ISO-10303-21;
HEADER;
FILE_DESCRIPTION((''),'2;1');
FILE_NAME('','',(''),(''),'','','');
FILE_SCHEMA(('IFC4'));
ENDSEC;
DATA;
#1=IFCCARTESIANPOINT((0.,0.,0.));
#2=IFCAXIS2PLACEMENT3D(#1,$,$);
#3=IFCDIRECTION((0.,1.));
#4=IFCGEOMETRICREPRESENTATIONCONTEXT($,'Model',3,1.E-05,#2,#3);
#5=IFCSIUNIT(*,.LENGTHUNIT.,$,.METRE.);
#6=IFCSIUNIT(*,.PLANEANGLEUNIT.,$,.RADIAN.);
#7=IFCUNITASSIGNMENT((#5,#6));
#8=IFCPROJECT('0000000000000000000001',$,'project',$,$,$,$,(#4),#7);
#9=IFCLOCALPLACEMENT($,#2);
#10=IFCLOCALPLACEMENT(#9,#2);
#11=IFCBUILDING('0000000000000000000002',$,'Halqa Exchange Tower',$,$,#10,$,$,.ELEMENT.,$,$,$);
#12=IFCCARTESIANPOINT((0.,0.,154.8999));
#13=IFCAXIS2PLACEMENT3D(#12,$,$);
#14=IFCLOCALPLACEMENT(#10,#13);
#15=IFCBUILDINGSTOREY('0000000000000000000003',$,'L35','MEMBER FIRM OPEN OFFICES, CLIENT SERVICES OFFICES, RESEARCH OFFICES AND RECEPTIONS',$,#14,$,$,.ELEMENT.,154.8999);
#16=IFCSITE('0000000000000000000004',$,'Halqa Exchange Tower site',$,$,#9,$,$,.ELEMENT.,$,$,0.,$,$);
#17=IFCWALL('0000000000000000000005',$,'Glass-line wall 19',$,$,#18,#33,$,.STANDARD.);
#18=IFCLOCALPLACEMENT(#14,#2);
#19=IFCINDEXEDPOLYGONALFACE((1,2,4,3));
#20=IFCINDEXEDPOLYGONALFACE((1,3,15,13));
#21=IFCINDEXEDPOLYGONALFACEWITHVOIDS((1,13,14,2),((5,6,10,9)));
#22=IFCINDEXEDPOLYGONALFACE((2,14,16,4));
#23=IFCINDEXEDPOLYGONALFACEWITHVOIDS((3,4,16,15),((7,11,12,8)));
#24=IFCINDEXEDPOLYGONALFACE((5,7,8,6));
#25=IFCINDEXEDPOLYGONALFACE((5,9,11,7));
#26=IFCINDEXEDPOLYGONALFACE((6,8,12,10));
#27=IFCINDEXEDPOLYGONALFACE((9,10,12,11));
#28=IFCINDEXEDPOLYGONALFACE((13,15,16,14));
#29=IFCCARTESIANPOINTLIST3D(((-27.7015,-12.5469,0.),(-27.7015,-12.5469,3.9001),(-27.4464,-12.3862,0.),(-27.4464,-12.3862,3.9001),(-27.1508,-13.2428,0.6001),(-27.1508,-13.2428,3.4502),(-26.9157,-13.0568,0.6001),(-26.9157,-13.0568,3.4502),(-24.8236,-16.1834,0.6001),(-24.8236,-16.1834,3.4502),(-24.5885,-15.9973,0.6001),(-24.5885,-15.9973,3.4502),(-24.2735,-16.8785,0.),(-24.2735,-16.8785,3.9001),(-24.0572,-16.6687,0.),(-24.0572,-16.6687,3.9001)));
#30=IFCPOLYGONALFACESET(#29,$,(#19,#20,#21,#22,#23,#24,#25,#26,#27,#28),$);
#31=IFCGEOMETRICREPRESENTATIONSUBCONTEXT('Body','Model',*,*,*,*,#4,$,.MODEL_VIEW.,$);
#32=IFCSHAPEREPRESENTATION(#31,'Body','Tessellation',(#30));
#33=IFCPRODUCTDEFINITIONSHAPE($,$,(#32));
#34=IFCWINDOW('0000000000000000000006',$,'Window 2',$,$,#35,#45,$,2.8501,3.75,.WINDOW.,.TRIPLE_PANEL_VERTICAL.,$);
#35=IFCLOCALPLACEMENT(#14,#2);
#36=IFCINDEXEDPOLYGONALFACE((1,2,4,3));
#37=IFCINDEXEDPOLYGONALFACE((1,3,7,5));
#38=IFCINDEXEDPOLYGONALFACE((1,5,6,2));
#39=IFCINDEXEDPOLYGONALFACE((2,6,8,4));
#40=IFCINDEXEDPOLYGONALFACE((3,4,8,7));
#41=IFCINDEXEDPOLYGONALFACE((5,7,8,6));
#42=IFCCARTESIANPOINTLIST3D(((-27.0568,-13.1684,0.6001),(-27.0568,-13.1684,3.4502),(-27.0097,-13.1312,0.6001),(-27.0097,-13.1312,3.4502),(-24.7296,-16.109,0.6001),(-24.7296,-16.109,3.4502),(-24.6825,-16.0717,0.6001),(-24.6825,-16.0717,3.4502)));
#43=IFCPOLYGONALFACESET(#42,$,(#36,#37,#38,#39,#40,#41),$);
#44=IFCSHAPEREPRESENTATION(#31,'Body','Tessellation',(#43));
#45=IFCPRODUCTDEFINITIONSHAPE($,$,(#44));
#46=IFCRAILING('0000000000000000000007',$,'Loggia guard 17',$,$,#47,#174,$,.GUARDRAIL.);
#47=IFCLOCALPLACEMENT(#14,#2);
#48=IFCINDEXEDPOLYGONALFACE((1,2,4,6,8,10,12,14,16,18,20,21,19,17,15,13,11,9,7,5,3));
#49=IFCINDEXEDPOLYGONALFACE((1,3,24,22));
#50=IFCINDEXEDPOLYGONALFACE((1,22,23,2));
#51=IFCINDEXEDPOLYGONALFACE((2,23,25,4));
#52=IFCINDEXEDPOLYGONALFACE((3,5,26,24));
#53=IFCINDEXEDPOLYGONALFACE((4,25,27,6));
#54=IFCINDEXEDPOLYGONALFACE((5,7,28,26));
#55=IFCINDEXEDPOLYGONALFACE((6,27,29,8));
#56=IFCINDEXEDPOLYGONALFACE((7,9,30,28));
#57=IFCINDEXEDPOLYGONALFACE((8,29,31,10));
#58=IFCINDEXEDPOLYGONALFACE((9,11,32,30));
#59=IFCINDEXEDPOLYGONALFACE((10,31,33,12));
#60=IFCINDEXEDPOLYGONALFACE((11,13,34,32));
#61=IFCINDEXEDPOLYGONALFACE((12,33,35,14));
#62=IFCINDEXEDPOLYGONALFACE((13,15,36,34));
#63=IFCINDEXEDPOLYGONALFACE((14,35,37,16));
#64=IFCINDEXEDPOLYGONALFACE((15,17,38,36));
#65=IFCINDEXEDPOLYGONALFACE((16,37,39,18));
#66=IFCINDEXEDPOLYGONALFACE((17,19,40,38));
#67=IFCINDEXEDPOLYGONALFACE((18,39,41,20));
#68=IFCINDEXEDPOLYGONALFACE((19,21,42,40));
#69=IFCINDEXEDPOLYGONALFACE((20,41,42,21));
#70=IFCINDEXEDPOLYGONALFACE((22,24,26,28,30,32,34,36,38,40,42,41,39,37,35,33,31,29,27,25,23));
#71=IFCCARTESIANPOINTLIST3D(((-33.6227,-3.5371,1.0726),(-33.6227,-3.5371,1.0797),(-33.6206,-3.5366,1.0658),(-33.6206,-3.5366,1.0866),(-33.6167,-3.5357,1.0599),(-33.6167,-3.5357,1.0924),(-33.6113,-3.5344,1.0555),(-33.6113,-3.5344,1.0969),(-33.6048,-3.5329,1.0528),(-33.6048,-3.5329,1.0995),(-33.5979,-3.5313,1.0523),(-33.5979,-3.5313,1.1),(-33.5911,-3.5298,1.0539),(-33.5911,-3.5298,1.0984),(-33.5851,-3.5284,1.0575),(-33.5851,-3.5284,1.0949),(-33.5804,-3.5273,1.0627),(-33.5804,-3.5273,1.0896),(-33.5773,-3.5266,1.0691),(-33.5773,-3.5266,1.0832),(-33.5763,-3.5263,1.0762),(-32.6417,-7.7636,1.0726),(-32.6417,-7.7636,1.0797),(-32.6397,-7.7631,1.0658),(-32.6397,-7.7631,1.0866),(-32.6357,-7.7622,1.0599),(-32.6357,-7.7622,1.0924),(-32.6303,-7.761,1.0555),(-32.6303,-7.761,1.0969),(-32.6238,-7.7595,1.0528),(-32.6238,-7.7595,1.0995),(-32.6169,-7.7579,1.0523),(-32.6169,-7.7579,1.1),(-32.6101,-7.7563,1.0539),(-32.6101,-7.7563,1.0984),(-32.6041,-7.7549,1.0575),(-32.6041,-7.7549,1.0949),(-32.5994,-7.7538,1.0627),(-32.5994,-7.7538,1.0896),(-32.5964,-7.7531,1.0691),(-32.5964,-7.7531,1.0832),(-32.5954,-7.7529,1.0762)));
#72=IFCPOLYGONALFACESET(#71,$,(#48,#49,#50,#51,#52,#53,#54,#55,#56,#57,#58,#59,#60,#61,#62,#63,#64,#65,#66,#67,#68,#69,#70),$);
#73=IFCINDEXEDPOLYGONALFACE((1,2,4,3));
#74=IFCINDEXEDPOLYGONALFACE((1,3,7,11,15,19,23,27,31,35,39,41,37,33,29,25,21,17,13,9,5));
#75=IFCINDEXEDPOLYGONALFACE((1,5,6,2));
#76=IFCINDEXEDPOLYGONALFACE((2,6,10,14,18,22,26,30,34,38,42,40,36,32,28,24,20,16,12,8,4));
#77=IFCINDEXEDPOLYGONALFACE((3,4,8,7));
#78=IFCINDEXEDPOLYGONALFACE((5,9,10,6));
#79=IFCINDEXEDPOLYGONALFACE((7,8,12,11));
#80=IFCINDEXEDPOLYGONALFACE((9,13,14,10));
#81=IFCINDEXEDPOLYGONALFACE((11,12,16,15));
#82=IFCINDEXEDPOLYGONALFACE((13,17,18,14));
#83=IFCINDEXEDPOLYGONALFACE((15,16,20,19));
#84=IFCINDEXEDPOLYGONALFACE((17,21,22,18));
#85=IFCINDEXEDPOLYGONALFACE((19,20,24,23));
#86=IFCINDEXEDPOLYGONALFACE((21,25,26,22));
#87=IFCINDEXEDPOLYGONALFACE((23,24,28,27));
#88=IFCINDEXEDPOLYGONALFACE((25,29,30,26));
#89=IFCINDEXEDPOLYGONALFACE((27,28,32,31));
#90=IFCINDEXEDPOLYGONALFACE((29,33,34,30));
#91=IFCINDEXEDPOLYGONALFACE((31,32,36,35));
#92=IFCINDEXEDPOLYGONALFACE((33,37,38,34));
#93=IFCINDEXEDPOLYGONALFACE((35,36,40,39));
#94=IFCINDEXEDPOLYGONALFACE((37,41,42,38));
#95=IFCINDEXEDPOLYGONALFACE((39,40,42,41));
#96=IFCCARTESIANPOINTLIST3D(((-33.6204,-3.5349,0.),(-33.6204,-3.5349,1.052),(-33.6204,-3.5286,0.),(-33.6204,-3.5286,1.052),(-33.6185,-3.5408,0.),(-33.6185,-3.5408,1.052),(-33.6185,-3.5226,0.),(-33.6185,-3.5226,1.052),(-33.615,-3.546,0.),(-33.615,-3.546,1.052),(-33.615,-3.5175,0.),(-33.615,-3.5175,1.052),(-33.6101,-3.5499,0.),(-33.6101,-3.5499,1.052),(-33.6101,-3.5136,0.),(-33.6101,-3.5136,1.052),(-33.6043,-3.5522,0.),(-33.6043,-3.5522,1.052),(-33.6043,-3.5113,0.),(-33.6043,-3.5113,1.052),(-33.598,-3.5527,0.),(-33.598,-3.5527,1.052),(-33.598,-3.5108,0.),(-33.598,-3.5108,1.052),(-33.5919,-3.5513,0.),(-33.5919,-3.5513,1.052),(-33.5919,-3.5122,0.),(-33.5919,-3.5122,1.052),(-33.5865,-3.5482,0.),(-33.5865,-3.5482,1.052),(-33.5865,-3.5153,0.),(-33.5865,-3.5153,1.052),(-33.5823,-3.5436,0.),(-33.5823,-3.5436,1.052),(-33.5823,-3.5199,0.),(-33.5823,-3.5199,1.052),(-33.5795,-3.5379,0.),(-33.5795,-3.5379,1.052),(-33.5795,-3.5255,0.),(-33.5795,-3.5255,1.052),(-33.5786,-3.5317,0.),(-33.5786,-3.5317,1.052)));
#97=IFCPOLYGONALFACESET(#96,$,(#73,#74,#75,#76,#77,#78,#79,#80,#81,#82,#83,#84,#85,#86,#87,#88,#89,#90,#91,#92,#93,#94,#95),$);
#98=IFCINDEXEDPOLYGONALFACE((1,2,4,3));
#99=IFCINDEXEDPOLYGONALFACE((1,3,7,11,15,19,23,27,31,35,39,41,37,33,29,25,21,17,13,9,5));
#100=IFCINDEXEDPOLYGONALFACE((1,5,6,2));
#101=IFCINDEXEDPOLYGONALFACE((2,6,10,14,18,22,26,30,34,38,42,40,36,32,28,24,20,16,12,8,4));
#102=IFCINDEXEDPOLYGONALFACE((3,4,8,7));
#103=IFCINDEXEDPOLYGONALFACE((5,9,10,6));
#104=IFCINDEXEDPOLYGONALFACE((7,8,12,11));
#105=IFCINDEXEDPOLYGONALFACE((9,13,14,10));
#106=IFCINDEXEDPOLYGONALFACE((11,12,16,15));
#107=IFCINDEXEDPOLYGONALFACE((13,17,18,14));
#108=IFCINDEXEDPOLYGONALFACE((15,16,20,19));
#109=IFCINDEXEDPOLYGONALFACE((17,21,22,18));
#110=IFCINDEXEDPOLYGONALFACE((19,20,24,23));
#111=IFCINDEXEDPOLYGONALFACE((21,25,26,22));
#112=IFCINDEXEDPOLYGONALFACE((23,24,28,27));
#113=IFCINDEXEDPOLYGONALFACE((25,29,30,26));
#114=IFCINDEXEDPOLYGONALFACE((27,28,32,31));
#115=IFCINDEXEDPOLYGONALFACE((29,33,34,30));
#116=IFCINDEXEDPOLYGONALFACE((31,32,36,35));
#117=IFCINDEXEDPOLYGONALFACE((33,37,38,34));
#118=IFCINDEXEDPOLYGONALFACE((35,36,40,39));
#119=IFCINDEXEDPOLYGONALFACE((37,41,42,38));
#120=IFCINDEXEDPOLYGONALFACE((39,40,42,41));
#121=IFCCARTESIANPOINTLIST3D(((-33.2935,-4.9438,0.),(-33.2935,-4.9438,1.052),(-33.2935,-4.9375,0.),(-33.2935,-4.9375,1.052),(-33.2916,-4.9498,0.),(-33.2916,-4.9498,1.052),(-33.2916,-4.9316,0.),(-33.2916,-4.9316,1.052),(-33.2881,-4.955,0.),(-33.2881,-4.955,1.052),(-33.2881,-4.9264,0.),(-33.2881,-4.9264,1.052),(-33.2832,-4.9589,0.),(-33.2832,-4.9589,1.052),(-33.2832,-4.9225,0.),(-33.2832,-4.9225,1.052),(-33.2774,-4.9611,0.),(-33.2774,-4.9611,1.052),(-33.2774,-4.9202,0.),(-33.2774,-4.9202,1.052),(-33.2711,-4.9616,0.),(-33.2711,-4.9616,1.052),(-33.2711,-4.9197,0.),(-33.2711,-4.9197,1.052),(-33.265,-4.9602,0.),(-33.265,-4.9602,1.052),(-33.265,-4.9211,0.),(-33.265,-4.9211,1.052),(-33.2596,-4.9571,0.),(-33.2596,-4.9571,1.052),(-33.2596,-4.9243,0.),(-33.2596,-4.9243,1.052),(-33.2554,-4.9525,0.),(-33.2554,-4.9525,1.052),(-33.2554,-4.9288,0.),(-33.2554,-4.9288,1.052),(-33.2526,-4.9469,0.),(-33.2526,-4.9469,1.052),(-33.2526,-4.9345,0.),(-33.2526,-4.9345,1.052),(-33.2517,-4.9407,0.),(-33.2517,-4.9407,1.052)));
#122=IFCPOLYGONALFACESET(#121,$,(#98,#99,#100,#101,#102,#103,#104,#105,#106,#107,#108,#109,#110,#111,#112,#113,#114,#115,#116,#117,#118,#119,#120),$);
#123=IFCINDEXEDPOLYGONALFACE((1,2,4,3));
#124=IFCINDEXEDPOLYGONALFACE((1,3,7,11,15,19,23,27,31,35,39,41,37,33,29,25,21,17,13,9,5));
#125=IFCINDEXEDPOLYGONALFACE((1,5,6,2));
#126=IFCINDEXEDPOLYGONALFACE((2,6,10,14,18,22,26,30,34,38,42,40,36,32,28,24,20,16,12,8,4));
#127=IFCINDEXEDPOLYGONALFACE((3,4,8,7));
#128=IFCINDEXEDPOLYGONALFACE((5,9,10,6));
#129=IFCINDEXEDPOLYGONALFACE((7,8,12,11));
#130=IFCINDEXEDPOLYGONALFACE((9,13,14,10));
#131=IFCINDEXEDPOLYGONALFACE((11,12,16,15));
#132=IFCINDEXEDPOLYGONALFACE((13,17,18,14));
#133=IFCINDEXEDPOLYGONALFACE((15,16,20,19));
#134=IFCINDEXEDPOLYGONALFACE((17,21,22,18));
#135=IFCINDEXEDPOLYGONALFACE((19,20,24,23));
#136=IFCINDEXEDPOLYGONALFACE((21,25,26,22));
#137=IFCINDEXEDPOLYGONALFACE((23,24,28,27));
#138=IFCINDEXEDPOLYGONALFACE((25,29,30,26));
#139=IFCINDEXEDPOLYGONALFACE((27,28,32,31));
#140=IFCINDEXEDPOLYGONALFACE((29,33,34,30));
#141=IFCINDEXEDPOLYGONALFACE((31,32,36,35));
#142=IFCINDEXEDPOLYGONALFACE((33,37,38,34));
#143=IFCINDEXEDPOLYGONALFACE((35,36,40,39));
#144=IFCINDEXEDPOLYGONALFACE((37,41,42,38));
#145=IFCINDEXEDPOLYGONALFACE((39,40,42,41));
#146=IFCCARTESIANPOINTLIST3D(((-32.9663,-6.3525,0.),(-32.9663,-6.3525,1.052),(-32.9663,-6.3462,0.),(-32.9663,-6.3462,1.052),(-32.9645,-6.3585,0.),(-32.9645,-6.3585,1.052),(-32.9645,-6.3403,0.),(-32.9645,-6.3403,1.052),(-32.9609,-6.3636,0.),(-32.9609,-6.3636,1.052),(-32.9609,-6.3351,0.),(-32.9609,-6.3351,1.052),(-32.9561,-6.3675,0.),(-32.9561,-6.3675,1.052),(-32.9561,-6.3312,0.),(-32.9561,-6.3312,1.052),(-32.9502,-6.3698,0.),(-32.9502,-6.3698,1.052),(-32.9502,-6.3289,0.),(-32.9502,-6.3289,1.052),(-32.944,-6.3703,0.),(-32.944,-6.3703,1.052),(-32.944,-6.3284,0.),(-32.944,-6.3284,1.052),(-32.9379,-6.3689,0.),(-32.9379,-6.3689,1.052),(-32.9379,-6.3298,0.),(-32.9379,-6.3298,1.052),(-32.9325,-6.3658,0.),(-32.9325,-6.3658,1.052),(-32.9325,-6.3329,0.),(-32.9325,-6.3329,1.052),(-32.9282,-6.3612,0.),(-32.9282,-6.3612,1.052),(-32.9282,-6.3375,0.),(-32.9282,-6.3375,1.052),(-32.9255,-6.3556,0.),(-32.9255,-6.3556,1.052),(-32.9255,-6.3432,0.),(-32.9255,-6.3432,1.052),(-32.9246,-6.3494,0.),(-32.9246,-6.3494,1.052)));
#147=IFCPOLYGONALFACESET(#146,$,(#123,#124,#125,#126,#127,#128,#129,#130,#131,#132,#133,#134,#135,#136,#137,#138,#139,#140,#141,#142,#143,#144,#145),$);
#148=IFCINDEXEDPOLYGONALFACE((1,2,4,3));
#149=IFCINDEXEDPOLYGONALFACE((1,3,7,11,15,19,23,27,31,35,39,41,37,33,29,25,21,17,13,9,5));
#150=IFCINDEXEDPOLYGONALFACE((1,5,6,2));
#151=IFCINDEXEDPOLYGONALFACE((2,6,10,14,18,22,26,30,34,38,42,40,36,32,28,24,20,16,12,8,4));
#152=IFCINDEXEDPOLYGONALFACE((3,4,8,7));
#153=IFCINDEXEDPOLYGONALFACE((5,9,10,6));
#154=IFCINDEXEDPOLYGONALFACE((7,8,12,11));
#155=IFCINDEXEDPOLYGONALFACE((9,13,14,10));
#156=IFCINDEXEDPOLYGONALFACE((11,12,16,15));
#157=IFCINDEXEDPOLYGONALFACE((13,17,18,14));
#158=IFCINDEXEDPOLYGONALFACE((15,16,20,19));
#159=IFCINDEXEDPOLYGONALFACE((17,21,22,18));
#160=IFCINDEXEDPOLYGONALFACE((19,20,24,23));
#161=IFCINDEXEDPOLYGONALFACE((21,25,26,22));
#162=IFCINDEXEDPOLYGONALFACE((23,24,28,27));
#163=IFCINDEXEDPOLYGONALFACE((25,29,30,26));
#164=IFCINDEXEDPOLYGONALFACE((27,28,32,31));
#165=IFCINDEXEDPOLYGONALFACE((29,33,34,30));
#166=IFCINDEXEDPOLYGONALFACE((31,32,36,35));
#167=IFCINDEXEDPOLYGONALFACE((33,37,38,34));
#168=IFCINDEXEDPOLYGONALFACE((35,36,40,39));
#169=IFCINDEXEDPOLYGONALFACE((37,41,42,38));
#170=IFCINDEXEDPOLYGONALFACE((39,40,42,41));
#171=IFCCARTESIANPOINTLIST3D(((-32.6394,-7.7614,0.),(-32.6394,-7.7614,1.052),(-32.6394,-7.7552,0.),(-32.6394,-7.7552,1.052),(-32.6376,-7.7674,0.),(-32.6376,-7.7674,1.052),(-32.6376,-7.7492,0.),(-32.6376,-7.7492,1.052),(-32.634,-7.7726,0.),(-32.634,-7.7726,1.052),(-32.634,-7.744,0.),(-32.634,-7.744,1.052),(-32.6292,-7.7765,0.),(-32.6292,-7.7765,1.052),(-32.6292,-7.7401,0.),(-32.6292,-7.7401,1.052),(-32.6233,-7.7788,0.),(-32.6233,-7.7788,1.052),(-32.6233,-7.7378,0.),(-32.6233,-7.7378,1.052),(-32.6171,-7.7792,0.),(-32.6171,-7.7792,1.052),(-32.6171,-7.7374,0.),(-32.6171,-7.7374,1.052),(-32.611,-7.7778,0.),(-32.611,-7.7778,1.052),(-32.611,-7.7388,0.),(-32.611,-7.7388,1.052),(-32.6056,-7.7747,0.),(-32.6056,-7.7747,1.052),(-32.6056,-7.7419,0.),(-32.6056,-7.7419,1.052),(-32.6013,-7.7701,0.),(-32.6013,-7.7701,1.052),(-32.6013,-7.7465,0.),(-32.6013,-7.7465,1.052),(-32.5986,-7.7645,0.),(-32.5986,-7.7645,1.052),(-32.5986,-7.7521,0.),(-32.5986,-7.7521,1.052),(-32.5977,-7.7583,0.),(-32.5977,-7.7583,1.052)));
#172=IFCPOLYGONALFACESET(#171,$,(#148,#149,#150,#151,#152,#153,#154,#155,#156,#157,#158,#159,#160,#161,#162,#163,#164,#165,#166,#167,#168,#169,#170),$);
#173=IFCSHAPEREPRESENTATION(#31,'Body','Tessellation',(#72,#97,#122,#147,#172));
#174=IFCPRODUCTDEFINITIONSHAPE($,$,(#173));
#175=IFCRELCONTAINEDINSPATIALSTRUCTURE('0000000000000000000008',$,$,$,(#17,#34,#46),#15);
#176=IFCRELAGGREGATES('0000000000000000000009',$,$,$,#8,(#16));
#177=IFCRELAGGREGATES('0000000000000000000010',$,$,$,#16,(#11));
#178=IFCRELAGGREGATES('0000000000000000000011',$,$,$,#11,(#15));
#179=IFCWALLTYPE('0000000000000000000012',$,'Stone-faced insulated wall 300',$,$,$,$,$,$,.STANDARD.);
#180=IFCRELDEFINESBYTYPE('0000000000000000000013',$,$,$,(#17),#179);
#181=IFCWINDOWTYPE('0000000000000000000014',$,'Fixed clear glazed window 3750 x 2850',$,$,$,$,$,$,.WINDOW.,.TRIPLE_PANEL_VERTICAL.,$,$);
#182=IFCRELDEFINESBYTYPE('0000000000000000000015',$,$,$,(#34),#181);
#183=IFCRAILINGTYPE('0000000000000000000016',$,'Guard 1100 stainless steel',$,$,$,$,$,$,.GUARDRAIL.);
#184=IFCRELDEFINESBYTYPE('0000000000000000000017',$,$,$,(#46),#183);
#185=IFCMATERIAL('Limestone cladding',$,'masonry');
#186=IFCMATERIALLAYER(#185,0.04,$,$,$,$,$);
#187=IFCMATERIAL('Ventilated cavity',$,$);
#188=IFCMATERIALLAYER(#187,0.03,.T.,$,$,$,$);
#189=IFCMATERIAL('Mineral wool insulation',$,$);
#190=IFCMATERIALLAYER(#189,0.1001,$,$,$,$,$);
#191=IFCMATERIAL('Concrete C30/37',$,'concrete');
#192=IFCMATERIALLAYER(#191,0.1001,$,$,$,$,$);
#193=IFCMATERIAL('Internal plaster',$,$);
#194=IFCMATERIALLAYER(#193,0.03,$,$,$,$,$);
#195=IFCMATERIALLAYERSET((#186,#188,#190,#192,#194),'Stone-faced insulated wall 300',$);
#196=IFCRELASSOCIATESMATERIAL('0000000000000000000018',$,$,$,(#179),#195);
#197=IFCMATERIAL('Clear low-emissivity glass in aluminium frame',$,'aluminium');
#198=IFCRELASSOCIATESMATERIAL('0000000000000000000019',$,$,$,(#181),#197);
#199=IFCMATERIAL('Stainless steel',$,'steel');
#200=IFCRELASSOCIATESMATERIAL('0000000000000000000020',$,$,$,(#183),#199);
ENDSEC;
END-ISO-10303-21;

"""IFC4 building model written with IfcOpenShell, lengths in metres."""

from ifc_helpers import new_model, si_unit, direction, frame, frame_2d, origin, origin_2d, place, context, subcontext, project, spatial, polyline, rectangle, circle, outline, extrude, material, layer, layer_set, type_object, element, fill, save


model = new_model("IFC4")

# Units and contexts
model_context = context("Model", 3, precision=1e-05, world=origin(), true_north=direction((0.0, 1.0)))
body_context = subcontext(model_context, "Body", "Model", "MODEL_VIEW")
ifc_project = project(units=[si_unit("LENGTHUNIT", "METRE"), si_unit("PLANEANGLEUNIT", "RADIAN")], contexts=[model_context])

# Site, building, storey
site_placement = place(None, origin())
site = spatial("IfcSite", under=ifc_project, at=site_placement, Name="Halqa Exchange Tower site", CompositionType="ELEMENT", RefElevation=0.0)
building_placement = place(site_placement, origin())
building = spatial("IfcBuilding", under=site, at=building_placement, Name="Halqa Exchange Tower", CompositionType="ELEMENT")
storey_placement = place(building_placement, frame((0.0, 0.0, 154.8999)))
storey = spatial("IfcBuildingStorey", under=building, at=storey_placement, Name="L35", Description="MEMBER FIRM OPEN OFFICES, CLIENT SERVICES OFFICES, RESEARCH OFFICES AND RECEPTIONS", CompositionType="ELEMENT", Elevation=154.8999)

# Wall, opening, window
ifc_material_1 = material(Name="Limestone cladding", Category="masonry")
ifc_layer_1 = layer(ifc_material_1, 0.04)
ifc_material_2 = material(Name="Ventilated cavity")
ifc_layer_2 = layer(ifc_material_2, 0.03, ventilated=True)
ifc_material_3 = material(Name="Mineral wool insulation")
ifc_layer_3 = layer(ifc_material_3, 0.1001)
ifc_material_4 = material(Name="Concrete C30/37", Category="concrete")
ifc_layer_4 = layer(ifc_material_4, 0.1001)
ifc_material_5 = material(Name="Internal plaster")
ifc_layer_5 = layer(ifc_material_5, 0.03)
ifc_layer_set_1 = layer_set([ifc_layer_1, ifc_layer_2, ifc_layer_3, ifc_layer_4, ifc_layer_5], Name="Stone-faced insulated wall 300")
wall_type_1 = type_object("IfcWallType", Name="Stone-faced insulated wall 300", PredefinedType="STANDARD", material=ifc_layer_set_1)
ifc_material_6 = material(Name="Clear low-emissivity glass in aluminium frame", Category="aluminium")
window_type = type_object("IfcWindowType", Name="Fixed clear glazed window 3750 x 2850", PartitioningType="TRIPLE_PANEL_VERTICAL", PredefinedType="WINDOW", material=ifc_material_6)
wall_1_placement = place(storey_placement, frame((-27.574, -12.4666, 0.0), z_axis=(0.0, 0.0, 1.0), x_axis=(0.620578, -0.784145, 0.0)))
wall_1 = element("IfcWall", 1, at=wall_1_placement, inside=storey, type_object=wall_type_1, Name="Glass-line wall 19", PredefinedType="STANDARD", context=body_context, shape_type="SweptSolid", body=[
    extrude(outline(polyline([(-0.0161, -0.1499), (5.5078, -0.1499), (5.4775, 0.1499), (0.0161, 0.1499), (-0.0161, -0.1499)])), origin(), (0.0, 0.0, 1.0), 3.9001),
])
opening_1_placement = place(wall_1_placement, frame((0.8713, 0.0, 0.6001)))
opening_1 = element("IfcOpeningElement", 2, at=opening_1_placement, cuts=wall_1, PredefinedType="OPENING", context=body_context, shape_type="SweptSolid", body=[
    extrude(rectangle(XDim=3.75, YDim=2.8501, at=frame_2d((1.875, 1.425))), frame((0.0, 0.1621, 0.0), z_axis=(0.0, -1.0, 0.0), x_axis=(1.0, 0.0, 0.0)), (0.0, 0.0, 1.0), 0.324),
])
window_1_placement = place(opening_1_placement, origin())
window_1 = element("IfcWindow", 3, at=window_1_placement, inside=storey, type_object=window_type, Name="Window 2", OverallHeight=2.8501, OverallWidth=3.75, PartitioningType="TRIPLE_PANEL_VERTICAL", PredefinedType="WINDOW", context=body_context, shape_type="SweptSolid", body=[
    extrude(rectangle(XDim=3.75, YDim=2.8501, at=frame_2d((1.875, 1.425))), frame((0.0, 0.03, 0.0), z_axis=(0.0, -1.0, 0.0), x_axis=(1.0, 0.0, 0.0)), (0.0, 0.0, 1.0), 0.0601),
])
fill(opening_1, window_1)

# Railing
ifc_material_7 = material(Name="Stainless steel", Category="steel")
railing_type = type_object("IfcRailingType", Name="Guard 1100 stainless steel", PredefinedType="GUARDRAIL", material=ifc_material_7)
railing_1_placement = place(storey_placement, frame((-33.5996, -3.5317, 0.0)))
element("IfcRailing", 4, at=railing_1_placement, inside=storey, type_object=railing_type, Name="Loggia guard 17", PredefinedType="GUARDRAIL", context=body_context, shape_type="SweptSolid", body=[
    extrude(circle(Radius=0.0239, at=origin_2d()), frame((0.0, 0.0, 1.0762), z_axis=(0.226084, -0.974108, 0.0), x_axis=(0.974108, 0.226084, 0.0)), (0.0, 0.0, 1.0), 4.3389),
    extrude(circle(Radius=0.021, at=origin_2d()), origin(), (0.0, 0.0, 1.0), 1.052),
    extrude(circle(Radius=0.021, at=origin_2d()), frame((0.3269, -1.4089, 0.0)), (0.0, 0.0, 1.0), 1.052),
    extrude(circle(Radius=0.021, at=origin_2d()), frame((0.6541, -2.8176, 0.0)), (0.0, 0.0, 1.0), 1.052),
    extrude(circle(Radius=0.021, at=origin_2d()), frame((0.981, -4.2266, 0.0)), (0.0, 0.0, 1.0), 1.052),
])

save(model, "model.ifc")
